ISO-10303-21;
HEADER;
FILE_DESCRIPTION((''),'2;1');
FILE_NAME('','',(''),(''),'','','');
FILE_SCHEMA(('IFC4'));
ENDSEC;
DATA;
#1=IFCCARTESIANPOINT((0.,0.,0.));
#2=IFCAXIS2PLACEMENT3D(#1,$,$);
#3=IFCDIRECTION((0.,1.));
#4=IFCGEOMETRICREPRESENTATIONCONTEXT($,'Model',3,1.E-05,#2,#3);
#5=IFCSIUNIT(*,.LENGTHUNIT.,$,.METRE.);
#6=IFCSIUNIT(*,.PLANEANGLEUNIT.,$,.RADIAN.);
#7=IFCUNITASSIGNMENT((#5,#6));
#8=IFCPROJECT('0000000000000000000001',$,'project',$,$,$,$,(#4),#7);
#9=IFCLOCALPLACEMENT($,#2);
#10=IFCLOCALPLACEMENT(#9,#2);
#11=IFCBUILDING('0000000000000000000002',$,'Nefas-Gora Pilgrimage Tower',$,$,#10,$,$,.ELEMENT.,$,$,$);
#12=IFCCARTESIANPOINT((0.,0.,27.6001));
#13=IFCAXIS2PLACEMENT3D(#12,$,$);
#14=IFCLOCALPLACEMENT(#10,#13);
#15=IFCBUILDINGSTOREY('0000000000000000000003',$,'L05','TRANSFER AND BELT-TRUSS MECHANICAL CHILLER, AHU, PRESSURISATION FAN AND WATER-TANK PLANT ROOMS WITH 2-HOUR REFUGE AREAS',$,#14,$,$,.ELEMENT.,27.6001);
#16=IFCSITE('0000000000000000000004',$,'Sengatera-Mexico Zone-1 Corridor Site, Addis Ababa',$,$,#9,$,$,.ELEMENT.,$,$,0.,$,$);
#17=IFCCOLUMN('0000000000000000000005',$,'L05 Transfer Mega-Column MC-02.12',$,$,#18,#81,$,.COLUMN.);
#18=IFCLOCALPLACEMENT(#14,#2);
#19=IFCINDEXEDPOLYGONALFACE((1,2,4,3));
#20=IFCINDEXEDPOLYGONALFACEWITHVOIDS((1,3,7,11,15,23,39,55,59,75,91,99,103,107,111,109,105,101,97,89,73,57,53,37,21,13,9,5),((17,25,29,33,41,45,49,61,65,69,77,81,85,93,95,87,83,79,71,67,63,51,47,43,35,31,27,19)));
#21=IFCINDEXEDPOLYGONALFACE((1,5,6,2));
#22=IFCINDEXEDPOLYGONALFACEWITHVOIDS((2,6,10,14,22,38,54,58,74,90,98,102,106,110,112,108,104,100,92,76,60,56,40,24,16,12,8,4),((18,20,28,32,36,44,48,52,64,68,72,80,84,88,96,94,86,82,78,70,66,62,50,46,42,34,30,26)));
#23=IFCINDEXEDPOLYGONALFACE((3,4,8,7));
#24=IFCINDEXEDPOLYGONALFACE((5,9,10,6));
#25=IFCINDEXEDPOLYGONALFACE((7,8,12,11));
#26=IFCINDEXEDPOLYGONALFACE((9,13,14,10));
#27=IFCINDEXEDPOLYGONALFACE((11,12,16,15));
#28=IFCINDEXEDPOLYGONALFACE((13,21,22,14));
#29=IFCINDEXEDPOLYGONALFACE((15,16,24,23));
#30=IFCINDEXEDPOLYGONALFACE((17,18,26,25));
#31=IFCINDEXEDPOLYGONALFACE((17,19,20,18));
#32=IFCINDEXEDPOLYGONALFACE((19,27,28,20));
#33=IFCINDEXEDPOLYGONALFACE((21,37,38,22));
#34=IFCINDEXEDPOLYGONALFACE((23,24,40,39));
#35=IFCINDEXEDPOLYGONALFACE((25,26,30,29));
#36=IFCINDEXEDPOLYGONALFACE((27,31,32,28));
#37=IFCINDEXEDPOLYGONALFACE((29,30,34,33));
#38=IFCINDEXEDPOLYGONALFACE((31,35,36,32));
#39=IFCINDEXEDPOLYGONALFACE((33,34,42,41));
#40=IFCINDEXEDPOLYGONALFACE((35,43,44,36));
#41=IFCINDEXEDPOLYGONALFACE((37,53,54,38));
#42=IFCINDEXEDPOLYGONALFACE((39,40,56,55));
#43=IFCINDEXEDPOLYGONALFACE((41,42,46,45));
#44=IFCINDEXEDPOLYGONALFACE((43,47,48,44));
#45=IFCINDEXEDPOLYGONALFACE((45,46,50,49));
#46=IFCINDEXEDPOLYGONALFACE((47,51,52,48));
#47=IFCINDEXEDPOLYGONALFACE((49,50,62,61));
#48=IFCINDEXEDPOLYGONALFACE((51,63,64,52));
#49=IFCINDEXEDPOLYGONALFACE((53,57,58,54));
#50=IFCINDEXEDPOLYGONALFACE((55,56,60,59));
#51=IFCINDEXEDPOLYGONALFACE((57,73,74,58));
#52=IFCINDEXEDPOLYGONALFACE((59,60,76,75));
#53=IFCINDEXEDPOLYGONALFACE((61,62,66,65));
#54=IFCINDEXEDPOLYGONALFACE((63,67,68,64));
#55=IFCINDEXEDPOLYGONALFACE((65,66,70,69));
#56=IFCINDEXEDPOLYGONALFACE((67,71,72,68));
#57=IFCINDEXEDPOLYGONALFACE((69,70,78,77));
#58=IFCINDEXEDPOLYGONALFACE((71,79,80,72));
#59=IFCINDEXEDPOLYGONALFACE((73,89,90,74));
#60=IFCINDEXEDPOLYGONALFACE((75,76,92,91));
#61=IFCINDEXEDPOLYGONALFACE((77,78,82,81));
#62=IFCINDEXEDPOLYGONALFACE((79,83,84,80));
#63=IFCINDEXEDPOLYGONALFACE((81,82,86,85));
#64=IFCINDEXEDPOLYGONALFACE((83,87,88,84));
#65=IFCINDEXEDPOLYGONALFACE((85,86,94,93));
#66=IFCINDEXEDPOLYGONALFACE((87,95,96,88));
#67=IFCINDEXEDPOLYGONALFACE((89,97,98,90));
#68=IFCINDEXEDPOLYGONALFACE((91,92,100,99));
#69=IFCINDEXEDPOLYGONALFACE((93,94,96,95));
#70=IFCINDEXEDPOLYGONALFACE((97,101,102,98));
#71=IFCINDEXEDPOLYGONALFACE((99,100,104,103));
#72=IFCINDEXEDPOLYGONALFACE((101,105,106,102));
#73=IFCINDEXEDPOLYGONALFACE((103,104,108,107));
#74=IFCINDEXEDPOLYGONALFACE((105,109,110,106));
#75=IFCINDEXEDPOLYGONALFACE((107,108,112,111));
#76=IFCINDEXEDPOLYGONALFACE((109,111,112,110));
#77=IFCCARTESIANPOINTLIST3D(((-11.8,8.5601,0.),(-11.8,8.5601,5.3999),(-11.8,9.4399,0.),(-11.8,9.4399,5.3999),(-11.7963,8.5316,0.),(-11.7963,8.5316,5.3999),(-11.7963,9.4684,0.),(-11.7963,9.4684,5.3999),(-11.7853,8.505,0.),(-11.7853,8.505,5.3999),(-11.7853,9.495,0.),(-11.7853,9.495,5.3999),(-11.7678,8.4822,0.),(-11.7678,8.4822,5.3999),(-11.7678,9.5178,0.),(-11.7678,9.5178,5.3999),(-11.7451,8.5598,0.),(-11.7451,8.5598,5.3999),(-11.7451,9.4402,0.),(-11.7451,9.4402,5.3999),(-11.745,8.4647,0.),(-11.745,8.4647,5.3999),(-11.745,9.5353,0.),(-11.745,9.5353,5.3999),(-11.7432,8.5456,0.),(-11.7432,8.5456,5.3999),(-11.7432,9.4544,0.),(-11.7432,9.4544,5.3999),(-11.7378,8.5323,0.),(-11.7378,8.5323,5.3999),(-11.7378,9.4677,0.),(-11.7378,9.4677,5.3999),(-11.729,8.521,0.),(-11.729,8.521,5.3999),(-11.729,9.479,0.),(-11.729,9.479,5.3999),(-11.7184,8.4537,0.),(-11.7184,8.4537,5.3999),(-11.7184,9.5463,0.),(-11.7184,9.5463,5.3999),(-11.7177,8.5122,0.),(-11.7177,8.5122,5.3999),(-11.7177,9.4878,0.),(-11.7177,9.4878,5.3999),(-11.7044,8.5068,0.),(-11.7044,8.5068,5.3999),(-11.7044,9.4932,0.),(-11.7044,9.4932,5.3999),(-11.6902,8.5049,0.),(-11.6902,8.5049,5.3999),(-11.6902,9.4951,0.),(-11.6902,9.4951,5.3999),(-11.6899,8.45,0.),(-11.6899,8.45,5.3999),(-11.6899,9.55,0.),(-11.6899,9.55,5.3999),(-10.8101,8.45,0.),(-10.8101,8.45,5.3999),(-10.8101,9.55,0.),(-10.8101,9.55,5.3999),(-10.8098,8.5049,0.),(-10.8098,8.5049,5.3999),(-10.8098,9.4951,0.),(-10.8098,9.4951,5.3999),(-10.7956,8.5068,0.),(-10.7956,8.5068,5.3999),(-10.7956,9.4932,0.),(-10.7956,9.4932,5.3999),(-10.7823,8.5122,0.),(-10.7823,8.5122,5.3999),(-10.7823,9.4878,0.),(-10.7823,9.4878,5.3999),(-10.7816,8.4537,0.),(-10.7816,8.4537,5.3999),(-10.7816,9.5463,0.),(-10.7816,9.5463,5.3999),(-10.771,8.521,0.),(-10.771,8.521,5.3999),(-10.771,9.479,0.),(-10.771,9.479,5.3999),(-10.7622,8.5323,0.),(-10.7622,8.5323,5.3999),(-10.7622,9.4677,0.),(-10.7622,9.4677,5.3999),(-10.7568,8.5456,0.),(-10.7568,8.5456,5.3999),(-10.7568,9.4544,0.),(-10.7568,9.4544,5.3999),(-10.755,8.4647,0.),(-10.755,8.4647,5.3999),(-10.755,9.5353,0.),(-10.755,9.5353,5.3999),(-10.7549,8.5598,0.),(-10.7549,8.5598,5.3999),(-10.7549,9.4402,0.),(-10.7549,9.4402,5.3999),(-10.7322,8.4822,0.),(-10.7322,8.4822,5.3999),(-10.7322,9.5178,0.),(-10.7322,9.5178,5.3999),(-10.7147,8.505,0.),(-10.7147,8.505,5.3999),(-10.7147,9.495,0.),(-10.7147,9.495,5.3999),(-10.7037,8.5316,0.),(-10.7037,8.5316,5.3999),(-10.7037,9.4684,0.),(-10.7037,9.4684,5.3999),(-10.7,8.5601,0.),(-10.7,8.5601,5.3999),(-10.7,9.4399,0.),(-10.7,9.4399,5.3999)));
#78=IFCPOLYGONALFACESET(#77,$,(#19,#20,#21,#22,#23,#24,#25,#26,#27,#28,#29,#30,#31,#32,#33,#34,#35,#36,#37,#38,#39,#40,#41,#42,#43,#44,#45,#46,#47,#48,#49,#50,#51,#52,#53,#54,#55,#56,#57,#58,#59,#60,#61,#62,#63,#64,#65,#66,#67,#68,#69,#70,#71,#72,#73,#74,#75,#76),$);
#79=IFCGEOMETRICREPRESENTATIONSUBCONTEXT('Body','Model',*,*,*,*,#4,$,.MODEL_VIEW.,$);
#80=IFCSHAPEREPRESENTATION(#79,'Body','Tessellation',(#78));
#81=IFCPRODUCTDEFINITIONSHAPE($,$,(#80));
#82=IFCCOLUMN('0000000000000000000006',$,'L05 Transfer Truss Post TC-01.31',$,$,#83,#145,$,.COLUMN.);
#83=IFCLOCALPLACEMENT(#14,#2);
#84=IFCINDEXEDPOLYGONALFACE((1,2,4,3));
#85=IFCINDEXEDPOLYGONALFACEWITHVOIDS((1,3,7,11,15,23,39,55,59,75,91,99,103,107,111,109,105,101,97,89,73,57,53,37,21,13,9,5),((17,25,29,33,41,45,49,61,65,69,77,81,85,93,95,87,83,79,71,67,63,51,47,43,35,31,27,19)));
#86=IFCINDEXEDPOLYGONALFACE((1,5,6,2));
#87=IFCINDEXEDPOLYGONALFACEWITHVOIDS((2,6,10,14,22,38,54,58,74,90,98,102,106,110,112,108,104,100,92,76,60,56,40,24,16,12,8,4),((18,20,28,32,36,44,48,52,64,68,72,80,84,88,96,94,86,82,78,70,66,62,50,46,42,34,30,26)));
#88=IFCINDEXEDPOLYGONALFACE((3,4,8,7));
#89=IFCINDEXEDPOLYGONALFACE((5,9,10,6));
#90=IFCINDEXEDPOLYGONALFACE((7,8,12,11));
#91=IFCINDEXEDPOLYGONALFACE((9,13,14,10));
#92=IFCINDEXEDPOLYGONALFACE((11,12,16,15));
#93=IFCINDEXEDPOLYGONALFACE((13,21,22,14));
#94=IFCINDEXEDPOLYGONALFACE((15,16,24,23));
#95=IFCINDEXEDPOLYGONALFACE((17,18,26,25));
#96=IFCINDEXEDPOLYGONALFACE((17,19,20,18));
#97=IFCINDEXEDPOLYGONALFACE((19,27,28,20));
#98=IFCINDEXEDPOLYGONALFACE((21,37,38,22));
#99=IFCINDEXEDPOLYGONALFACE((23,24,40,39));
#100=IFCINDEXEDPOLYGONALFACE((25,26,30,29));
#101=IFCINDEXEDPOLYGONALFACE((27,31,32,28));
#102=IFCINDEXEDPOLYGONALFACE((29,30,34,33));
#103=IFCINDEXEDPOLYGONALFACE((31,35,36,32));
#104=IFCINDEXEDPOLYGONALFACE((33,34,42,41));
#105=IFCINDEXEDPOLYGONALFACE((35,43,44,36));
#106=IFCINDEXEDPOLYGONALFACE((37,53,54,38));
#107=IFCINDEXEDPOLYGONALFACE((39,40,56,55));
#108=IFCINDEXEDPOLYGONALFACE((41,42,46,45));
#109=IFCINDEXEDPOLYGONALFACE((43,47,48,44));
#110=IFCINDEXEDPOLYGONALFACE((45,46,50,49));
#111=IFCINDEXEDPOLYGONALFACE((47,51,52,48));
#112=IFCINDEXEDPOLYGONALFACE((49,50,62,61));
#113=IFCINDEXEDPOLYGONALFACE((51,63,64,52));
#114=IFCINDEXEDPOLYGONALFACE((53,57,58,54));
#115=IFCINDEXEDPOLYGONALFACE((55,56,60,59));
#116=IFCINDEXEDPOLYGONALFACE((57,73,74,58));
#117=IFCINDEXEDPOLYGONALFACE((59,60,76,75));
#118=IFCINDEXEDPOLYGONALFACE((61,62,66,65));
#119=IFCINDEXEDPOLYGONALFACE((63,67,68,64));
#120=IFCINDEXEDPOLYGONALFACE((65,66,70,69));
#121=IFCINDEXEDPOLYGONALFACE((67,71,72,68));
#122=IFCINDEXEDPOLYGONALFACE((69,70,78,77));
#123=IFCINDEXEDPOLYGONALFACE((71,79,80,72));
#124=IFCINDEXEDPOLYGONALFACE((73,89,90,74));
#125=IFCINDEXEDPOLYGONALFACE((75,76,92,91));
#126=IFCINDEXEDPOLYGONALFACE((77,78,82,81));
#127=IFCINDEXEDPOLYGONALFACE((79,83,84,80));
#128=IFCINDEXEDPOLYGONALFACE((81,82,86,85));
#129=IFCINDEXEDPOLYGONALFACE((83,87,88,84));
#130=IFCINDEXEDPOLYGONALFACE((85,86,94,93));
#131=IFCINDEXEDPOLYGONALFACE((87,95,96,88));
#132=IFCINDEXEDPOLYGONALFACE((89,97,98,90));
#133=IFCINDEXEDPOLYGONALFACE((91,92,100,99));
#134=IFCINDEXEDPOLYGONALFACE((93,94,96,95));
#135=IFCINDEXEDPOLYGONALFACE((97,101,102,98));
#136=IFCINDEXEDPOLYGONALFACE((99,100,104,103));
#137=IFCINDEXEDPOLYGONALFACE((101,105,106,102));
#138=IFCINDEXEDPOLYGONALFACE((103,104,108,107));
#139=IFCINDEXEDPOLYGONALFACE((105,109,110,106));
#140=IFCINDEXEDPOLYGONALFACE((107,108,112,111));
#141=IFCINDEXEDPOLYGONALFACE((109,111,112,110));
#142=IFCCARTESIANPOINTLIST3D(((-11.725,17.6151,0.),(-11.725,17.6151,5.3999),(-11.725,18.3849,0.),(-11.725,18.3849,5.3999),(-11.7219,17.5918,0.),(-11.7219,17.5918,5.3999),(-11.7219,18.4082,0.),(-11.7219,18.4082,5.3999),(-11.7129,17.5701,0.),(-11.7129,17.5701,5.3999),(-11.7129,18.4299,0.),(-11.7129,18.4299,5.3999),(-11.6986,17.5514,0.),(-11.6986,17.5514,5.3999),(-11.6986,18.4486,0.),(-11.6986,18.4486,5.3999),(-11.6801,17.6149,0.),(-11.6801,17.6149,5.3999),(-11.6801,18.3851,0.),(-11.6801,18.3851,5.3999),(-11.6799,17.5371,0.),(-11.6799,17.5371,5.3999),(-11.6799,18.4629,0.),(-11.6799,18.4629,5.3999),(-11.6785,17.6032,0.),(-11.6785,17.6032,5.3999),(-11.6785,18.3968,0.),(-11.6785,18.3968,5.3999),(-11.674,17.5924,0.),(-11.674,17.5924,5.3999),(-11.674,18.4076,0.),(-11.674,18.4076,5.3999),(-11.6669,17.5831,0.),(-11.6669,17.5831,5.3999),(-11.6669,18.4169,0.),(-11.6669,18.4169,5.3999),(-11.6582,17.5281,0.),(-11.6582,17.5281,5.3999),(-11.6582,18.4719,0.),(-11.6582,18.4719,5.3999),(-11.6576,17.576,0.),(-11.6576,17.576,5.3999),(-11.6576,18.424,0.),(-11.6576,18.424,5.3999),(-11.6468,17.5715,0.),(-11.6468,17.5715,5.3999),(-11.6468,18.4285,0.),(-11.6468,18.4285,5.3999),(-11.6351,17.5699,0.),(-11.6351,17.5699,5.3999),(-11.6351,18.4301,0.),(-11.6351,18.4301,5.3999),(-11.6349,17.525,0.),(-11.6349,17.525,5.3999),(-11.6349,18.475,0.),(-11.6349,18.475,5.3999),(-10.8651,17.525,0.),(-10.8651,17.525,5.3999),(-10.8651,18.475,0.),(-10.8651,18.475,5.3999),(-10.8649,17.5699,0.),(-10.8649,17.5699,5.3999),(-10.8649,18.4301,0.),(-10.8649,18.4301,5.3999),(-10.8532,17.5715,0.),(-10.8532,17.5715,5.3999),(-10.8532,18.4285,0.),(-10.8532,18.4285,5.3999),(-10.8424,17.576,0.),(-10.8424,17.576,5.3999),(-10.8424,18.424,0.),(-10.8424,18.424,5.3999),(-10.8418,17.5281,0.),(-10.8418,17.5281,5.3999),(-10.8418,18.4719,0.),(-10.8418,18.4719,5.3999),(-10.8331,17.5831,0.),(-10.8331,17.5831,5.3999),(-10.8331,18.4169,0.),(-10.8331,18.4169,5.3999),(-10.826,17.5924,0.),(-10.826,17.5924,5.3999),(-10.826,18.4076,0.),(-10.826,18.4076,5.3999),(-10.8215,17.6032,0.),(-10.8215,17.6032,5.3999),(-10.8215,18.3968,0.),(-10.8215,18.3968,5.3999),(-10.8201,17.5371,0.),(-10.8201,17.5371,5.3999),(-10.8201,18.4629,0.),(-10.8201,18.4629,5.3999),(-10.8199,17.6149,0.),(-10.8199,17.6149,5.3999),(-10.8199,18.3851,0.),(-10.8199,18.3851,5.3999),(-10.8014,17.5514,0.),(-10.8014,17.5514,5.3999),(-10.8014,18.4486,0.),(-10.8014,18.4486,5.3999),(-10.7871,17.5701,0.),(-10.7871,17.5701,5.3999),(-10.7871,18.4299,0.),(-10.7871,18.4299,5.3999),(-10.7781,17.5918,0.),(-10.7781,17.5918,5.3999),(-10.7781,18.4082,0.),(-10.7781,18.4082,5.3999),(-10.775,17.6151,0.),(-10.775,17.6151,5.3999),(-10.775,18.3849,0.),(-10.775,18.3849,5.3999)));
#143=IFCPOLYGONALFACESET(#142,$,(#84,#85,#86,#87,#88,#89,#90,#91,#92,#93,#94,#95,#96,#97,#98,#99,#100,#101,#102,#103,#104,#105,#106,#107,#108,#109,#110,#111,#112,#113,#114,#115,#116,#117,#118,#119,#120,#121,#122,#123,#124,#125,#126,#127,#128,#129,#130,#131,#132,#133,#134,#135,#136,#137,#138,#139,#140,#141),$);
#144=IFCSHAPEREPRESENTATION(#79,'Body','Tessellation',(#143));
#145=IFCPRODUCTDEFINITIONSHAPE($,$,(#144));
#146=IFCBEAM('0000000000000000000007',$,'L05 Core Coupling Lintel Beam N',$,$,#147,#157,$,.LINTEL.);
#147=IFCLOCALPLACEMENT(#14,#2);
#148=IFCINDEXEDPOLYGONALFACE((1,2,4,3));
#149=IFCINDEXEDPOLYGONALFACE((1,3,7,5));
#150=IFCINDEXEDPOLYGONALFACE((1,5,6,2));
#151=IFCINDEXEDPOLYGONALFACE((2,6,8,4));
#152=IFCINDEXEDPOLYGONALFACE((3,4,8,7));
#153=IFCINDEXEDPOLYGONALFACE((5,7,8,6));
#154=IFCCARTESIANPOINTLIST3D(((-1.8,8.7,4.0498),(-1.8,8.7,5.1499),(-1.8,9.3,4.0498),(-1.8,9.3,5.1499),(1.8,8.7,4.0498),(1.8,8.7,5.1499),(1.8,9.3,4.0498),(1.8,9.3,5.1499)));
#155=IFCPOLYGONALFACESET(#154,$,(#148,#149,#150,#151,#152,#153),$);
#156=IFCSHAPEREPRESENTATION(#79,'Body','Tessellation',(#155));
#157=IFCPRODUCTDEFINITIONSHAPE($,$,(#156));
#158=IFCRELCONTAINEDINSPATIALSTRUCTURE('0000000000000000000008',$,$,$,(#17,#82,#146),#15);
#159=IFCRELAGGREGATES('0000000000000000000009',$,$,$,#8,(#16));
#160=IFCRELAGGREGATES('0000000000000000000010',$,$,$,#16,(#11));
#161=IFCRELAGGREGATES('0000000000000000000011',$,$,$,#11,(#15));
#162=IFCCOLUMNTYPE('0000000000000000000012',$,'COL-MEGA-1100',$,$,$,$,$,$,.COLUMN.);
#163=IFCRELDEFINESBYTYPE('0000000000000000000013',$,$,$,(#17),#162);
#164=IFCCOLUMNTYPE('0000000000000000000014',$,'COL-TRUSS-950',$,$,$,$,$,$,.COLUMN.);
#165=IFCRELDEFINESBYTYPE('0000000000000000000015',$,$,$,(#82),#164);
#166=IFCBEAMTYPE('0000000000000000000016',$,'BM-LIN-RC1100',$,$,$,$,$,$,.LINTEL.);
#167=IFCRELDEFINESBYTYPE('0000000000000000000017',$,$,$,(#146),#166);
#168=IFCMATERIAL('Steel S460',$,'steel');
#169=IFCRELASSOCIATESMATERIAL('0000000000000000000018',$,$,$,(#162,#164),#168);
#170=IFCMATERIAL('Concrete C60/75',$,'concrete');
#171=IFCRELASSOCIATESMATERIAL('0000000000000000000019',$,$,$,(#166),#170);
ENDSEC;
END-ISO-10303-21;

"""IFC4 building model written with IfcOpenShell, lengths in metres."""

from ifc_helpers import new_model, si_unit, direction, frame, origin, origin_2d, place, context, subcontext, project, spatial, rectangle, hollow_rectangle, extrude, source, transform, mapped, material, material_profile, profile_set, type_object, element, save


model = new_model("IFC4")

# Units and contexts
model_context = context("Model", 3, precision=1e-05, world=origin(), true_north=direction((0.0, 1.0)))
body_context = subcontext(model_context, "Body", "Model", "MODEL_VIEW")
ifc_project = project(units=[si_unit("LENGTHUNIT", "METRE"), si_unit("PLANEANGLEUNIT", "RADIAN")], contexts=[model_context])

# Site, building, storey
site_placement = place(None, origin())
site = spatial("IfcSite", under=ifc_project, at=site_placement, Name="Sengatera-Mexico Zone-1 Corridor Site, Addis Ababa", CompositionType="ELEMENT", RefElevation=0.0)
building_placement = place(site_placement, origin())
building = spatial("IfcBuilding", under=site, at=building_placement, Name="Nefas-Gora Pilgrimage Tower", CompositionType="ELEMENT")
storey_placement = place(building_placement, frame((0.0, 0.0, 27.6001)))
storey = spatial("IfcBuildingStorey", under=building, at=storey_placement, Name="L05", Description="TRANSFER AND BELT-TRUSS MECHANICAL CHILLER, AHU, PRESSURISATION FAN AND WATER-TANK PLANT ROOMS WITH 2-HOUR REFUGE AREAS", CompositionType="ELEMENT", Elevation=27.6001)

# Columns
ifc_material_1 = material(Name="Steel S460", Category="steel")
ifc_material_profile_1 = material_profile(ifc_material_1, hollow_rectangle(XDim=1.1001, YDim=1.1001, WallThickness=0.0549, InnerFilletRadius=0.0549, OuterFilletRadius=0.1101, at=origin_2d()), Name="BOX 1100x1100x55")
ifc_profile_set_1 = profile_set([ifc_material_profile_1], Name="Steel S460")
column_type_1 = type_object("IfcColumnType", Name="COL-MEGA-1100", PredefinedType="COLUMN", material=ifc_profile_set_1)
shared_shape_1 = source(origin(), body_context, "Body", "SweptSolid", [
    extrude(hollow_rectangle(XDim=1.1001, YDim=1.1001, WallThickness=0.0549, InnerFilletRadius=0.0549, OuterFilletRadius=0.1101, at=origin_2d()), origin(), (0.0, 0.0, 1.0), 5.3999),
])
column_1_placement = place(storey_placement, frame((-11.25, 9.0, 0.0), z_axis=(0.0, 0.0, 1.0), x_axis=(1.0, 0.0, 0.0)))
element("IfcColumn", 1, at=column_1_placement, inside=storey, type_object=column_type_1, Name="L05 Transfer Mega-Column MC-02.12", PredefinedType="COLUMN", context=body_context, shape_type="MappedRepresentation", body=[
    mapped(shared_shape_1, transform((0.0, 0.0, 0.0), x_axis=(1.0, 0.0, 0.0), y_axis=(0.0, 1.0, 0.0), z_axis=(0.0, 0.0, 1.0), scale=1.0)),
])
ifc_material_profile_2 = material_profile(ifc_material_1, hollow_rectangle(XDim=0.95, YDim=0.95, WallThickness=0.0449, InnerFilletRadius=0.0449, OuterFilletRadius=0.0901, at=origin_2d()), Name="BOX 950x950x45")
ifc_profile_set_2 = profile_set([ifc_material_profile_2], Name="Steel S460")
column_type_2 = type_object("IfcColumnType", Name="COL-TRUSS-950", PredefinedType="COLUMN", material=ifc_profile_set_2)
shared_shape_2 = source(origin(), body_context, "Body", "SweptSolid", [
    extrude(hollow_rectangle(XDim=0.95, YDim=0.95, WallThickness=0.0449, InnerFilletRadius=0.0449, OuterFilletRadius=0.0901, at=origin_2d()), origin(), (0.0, 0.0, 1.0), 5.3999),
])
column_2_placement = place(storey_placement, frame((-11.25, 18.0, 0.0), z_axis=(0.0, 0.0, 1.0), x_axis=(1.0, 0.0, 0.0)))
element("IfcColumn", 2, at=column_2_placement, inside=storey, type_object=column_type_2, Name="L05 Transfer Truss Post TC-01.31", PredefinedType="COLUMN", context=body_context, shape_type="MappedRepresentation", body=[
    mapped(shared_shape_2, transform((0.0, 0.0, 0.0), x_axis=(1.0, 0.0, 0.0), y_axis=(0.0, 1.0, 0.0), z_axis=(0.0, 0.0, 1.0), scale=1.0)),
])

# Beam
ifc_material_2 = material(Name="Concrete C60/75", Category="concrete")
ifc_material_profile_3 = material_profile(ifc_material_2, rectangle(XDim=0.6001, YDim=1.1001, at=origin_2d()), Name="RC 600x1100")
ifc_profile_set_3 = profile_set([ifc_material_profile_3], Name="Concrete C60/75")
beam_type_1 = type_object("IfcBeamType", Name="BM-LIN-RC1100", PredefinedType="LINTEL", material=ifc_profile_set_3)
shared_shape_3 = source(origin(), body_context, "Body", "SweptSolid", [
    extrude(rectangle(XDim=0.6001, YDim=1.1001, at=origin_2d()), origin(), (0.0, 0.0, 1.0), 3.6001),
])
beam_1_placement = place(storey_placement, frame((-1.8, 9.0, 4.5999), z_axis=(1.0, 0.0, 0.0), x_axis=(0.0, 1.0, 0.0)))
element("IfcBeam", 3, at=beam_1_placement, inside=storey, type_object=beam_type_1, Name="L05 Core Coupling Lintel Beam N", PredefinedType="LINTEL", context=body_context, shape_type="MappedRepresentation", body=[
    mapped(shared_shape_3, transform((0.0, 0.0, 0.0), x_axis=(1.0, 0.0, 0.0), y_axis=(0.0, 1.0, 0.0), z_axis=(0.0, 0.0, 1.0), scale=1.0)),
])

save(model, "model.ifc")
